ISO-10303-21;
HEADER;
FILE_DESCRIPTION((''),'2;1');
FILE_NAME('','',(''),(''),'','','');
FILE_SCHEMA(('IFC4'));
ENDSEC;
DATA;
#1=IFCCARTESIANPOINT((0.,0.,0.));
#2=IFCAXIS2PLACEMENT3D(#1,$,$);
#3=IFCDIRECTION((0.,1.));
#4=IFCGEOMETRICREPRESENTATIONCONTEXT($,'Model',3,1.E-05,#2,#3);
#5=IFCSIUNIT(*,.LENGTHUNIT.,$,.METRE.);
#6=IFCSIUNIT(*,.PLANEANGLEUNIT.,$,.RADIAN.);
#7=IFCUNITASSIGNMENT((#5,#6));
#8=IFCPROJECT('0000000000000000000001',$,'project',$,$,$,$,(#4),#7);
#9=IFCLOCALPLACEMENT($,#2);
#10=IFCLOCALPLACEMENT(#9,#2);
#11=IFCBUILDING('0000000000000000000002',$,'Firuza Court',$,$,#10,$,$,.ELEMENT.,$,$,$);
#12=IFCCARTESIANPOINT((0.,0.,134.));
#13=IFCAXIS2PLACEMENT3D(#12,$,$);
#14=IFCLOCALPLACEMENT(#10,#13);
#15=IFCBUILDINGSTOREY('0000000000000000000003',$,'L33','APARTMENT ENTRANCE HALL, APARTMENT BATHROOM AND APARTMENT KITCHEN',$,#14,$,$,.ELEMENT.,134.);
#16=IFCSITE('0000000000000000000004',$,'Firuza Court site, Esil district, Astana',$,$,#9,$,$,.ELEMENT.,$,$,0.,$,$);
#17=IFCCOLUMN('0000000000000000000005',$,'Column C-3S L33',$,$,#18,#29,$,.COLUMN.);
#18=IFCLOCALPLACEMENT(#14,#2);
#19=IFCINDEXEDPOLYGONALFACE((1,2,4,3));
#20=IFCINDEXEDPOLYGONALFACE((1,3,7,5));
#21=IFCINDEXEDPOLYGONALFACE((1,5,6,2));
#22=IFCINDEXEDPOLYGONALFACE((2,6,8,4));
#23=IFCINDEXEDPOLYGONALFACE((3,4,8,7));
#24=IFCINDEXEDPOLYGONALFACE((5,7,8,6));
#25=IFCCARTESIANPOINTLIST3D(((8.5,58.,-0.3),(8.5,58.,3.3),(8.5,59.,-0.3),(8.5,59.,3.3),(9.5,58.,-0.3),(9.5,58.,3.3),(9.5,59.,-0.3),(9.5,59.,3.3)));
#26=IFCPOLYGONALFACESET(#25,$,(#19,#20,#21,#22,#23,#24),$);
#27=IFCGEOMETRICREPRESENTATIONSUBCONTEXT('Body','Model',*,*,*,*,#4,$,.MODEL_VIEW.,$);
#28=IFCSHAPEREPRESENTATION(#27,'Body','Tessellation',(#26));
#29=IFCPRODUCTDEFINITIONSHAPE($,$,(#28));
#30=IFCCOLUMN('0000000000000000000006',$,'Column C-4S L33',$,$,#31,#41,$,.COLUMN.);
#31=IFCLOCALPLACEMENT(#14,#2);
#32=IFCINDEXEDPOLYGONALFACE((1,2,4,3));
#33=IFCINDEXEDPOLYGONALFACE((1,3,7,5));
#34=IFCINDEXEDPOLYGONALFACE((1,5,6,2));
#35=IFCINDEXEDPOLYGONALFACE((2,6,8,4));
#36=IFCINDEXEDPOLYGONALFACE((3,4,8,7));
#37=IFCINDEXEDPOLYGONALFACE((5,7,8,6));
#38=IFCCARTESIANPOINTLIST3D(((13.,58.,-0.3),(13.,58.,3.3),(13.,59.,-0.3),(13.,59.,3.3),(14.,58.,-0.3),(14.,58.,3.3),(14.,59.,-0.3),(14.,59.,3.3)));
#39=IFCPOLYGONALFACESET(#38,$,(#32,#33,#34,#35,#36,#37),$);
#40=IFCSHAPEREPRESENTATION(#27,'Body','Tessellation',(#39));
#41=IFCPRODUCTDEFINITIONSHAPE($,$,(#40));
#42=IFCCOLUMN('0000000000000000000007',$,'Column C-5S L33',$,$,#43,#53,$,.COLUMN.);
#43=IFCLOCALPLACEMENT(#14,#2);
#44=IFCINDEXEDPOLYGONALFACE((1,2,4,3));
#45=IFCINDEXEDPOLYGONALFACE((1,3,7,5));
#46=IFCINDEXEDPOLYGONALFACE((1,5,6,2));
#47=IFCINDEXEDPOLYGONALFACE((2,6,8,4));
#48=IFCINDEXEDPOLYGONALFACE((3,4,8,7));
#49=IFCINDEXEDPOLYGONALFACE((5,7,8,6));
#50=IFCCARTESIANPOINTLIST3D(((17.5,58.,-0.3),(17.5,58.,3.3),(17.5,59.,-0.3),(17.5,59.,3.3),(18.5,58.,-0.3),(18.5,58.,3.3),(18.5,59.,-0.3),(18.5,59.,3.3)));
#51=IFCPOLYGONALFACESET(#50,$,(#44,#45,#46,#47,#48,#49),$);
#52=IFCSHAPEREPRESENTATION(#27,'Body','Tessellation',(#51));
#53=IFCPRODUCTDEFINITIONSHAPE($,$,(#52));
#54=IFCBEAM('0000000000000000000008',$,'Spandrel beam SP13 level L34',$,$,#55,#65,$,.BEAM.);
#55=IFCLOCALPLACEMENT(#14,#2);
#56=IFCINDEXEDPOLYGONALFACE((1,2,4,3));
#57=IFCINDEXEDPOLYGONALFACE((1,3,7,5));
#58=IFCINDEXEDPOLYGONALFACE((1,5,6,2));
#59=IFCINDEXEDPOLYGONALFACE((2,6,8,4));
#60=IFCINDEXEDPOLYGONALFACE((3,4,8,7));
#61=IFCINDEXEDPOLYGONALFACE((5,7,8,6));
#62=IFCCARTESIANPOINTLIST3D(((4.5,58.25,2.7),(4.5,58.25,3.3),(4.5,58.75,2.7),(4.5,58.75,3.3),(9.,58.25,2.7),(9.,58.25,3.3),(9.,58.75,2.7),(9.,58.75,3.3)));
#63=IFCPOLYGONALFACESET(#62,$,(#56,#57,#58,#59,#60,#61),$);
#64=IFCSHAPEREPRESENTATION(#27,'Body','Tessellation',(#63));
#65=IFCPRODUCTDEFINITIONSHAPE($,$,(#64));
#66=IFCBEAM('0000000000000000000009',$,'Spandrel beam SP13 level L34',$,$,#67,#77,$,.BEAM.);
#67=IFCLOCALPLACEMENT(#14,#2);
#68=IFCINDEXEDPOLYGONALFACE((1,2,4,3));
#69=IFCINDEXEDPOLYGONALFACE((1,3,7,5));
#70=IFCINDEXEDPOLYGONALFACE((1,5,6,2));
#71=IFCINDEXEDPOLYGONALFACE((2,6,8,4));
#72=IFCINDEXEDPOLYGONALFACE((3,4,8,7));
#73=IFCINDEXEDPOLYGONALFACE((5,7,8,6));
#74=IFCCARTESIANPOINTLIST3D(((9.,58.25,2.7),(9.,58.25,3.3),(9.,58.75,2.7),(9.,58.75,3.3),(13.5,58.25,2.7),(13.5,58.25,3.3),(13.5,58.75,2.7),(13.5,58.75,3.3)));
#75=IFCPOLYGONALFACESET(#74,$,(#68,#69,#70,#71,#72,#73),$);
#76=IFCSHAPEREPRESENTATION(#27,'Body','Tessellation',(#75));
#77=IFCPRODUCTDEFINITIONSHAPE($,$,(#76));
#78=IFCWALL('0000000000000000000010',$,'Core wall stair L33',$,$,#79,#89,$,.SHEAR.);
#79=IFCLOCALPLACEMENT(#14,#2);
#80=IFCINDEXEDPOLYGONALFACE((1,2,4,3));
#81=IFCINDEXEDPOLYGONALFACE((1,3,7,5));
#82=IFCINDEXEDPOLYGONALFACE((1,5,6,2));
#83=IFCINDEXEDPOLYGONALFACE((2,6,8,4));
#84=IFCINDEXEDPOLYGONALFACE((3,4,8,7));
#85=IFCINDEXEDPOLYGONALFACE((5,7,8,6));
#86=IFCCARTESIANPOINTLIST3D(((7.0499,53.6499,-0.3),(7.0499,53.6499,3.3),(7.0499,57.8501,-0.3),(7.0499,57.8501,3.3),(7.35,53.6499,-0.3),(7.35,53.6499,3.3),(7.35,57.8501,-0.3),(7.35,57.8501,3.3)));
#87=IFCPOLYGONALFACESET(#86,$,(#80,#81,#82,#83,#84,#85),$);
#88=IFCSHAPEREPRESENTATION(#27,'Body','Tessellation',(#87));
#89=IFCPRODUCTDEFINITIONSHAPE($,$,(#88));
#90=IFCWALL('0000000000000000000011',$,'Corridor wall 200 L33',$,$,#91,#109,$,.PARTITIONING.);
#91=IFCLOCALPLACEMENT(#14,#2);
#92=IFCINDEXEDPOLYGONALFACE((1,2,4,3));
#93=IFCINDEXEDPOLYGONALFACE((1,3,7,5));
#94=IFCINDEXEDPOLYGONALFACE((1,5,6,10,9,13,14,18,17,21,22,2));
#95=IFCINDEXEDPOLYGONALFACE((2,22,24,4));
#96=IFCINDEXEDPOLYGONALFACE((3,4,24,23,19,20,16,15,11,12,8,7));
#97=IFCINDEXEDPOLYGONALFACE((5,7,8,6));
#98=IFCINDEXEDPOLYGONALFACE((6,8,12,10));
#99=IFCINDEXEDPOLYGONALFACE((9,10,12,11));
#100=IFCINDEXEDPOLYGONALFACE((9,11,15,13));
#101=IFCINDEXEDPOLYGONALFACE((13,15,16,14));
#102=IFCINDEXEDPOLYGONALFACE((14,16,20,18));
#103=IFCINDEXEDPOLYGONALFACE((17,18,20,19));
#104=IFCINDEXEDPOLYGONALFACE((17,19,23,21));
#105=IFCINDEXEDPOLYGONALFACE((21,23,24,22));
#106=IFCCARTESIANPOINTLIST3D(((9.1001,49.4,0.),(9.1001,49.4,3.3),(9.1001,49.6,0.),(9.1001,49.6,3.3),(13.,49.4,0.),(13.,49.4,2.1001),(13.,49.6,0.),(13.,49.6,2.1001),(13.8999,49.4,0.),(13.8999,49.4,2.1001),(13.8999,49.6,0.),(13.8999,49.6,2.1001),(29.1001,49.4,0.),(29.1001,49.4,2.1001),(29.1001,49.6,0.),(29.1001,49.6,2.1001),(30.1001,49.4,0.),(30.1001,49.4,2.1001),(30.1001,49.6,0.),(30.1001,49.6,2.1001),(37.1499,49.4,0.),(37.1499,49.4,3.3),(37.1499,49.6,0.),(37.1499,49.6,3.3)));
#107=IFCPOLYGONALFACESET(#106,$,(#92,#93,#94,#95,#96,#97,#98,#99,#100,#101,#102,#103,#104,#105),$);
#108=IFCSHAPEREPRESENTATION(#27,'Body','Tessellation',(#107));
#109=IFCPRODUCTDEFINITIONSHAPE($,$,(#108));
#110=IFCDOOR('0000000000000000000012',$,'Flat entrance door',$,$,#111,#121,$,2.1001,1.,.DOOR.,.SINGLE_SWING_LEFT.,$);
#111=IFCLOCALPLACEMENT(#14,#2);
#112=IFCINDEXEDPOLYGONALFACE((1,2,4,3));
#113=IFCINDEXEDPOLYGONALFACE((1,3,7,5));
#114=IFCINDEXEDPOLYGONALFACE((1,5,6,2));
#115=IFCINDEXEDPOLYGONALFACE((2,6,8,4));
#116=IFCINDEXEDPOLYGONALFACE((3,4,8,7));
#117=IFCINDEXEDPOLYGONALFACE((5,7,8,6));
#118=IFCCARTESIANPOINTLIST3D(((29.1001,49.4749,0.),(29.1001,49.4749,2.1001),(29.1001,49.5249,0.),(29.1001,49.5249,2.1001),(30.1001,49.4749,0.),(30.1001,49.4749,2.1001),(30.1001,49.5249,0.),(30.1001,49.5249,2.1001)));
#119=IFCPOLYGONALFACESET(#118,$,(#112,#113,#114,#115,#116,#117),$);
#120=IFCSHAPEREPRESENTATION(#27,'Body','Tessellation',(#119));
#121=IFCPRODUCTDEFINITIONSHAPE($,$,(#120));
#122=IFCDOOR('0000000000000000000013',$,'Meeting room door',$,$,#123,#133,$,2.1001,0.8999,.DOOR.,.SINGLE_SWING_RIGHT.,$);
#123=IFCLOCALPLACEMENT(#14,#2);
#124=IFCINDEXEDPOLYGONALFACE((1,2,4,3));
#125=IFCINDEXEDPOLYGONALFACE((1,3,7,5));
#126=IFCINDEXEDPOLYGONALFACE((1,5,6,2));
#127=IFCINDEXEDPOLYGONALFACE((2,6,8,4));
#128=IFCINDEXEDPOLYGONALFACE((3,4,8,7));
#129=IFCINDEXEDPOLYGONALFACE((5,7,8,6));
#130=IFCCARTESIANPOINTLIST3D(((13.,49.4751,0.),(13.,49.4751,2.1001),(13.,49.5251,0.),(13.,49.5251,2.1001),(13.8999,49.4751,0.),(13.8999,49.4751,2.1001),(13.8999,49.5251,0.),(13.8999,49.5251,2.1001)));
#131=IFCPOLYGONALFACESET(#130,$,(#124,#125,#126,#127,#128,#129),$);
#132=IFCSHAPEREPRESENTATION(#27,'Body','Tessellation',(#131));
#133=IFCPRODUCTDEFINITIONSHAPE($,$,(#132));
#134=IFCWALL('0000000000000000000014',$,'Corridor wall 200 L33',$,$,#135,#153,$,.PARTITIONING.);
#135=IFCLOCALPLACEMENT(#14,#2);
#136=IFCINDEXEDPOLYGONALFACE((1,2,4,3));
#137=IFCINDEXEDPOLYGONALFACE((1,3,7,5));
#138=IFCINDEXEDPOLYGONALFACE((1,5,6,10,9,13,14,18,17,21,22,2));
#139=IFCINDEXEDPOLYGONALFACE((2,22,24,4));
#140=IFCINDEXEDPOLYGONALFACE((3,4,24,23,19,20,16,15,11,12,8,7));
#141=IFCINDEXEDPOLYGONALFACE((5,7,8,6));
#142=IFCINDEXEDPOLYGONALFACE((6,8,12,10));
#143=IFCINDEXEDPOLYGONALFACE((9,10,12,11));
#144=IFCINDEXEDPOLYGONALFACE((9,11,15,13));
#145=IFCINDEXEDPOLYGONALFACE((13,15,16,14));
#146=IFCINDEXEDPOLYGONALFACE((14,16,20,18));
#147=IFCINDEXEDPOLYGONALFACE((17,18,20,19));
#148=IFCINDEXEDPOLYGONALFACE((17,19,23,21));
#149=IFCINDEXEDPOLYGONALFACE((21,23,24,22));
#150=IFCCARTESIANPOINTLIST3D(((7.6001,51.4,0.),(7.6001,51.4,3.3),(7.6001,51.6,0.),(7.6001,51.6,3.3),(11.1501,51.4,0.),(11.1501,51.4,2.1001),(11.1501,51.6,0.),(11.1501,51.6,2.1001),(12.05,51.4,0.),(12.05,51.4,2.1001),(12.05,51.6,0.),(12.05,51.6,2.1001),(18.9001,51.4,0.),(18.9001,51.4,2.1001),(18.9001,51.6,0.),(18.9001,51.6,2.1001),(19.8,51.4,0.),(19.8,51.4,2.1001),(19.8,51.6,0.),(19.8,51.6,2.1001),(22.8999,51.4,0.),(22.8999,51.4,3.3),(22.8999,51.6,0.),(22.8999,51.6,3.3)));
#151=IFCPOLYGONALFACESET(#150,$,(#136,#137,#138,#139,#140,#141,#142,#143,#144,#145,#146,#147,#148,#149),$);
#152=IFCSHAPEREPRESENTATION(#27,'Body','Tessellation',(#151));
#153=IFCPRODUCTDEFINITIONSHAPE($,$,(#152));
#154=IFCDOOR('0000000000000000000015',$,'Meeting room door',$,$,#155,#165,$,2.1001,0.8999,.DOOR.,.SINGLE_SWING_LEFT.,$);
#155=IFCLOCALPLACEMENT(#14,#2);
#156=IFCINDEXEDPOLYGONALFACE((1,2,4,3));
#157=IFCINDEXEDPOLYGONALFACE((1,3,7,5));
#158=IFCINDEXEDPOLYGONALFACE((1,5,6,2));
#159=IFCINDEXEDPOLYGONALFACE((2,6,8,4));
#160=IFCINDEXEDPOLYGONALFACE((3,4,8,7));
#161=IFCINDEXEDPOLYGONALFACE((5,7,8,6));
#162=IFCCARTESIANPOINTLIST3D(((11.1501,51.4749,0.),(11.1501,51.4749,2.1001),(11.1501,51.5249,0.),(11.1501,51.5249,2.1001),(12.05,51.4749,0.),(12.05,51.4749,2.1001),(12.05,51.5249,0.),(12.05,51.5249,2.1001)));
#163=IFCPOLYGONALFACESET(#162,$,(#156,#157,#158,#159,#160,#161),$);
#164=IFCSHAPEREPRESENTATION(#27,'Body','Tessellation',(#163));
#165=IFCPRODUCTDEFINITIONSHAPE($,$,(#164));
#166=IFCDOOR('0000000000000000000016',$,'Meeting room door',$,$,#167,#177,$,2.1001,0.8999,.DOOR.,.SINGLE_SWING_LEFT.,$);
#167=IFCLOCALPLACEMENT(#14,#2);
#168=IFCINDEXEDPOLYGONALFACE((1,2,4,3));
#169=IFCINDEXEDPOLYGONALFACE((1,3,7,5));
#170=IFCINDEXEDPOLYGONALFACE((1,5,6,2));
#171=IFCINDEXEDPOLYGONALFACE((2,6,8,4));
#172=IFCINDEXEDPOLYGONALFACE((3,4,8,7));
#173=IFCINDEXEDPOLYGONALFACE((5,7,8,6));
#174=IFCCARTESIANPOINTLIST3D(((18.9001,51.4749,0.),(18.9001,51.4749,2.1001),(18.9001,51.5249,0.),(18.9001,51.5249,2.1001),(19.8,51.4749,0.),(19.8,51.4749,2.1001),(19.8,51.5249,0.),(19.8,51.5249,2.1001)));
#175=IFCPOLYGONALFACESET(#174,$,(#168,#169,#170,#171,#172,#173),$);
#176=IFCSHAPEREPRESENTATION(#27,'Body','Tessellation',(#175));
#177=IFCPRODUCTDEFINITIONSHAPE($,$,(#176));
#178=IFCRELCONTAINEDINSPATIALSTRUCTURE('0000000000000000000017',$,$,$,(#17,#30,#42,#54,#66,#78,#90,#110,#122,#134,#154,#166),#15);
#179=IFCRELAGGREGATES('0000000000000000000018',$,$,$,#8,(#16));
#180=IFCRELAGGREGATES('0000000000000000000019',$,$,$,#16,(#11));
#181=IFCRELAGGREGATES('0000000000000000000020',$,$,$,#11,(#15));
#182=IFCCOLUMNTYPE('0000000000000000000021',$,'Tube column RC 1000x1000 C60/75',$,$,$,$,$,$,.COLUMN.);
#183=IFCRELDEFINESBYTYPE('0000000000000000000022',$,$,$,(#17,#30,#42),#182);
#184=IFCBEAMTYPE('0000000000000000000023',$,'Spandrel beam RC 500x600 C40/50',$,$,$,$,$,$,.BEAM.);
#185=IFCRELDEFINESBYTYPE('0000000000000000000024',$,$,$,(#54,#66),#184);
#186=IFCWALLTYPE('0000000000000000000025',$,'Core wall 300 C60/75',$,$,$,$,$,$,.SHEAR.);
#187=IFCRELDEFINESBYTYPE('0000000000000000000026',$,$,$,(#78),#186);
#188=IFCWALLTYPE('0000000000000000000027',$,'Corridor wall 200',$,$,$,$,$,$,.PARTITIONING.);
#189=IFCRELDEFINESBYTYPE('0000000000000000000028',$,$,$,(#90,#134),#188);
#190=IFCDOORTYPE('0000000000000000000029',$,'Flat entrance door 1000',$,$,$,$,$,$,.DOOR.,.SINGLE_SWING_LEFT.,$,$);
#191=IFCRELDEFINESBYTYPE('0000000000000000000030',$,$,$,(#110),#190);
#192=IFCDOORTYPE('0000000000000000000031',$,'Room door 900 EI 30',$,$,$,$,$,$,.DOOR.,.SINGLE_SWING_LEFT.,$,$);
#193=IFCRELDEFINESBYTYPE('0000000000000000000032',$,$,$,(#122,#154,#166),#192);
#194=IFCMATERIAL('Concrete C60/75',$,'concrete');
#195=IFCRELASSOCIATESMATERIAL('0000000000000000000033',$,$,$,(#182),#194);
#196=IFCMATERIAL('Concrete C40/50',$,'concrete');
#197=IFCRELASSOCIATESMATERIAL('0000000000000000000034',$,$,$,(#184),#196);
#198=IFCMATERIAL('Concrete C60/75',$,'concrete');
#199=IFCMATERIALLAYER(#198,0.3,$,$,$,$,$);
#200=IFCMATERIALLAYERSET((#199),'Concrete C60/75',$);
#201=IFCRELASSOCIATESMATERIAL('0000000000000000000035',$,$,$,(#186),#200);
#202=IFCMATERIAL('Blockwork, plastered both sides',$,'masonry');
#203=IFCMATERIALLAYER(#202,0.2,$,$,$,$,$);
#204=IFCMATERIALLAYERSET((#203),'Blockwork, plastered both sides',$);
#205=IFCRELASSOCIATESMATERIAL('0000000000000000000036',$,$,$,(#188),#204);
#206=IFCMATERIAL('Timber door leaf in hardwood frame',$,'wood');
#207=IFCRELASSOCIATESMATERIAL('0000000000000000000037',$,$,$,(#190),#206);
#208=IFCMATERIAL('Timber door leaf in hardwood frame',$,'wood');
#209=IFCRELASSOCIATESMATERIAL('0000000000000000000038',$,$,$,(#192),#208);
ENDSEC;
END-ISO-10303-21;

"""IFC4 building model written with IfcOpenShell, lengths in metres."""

from ifc_helpers import new_model, si_unit, direction, frame, frame_2d, origin, origin_2d, place, context, subcontext, project, spatial, rectangle, extrude, material, layer, layer_set, material_profile, profile_set, type_object, element, fill, save


model = new_model("IFC4")

# Units and contexts
model_context = context("Model", 3, precision=1e-05, world=origin(), true_north=direction((0.0, 1.0)))
body_context = subcontext(model_context, "Body", "Model", "MODEL_VIEW")
ifc_project = project(units=[si_unit("LENGTHUNIT", "METRE"), si_unit("PLANEANGLEUNIT", "RADIAN")], contexts=[model_context])

# Site, building, storey
site_placement = place(None, origin())
site = spatial("IfcSite", under=ifc_project, at=site_placement, Name="Firuza Court site, Esil district, Astana", CompositionType="ELEMENT", RefElevation=0.0)
building_placement = place(site_placement, origin())
building = spatial("IfcBuilding", under=site, at=building_placement, Name="Firuza Court", CompositionType="ELEMENT")
storey_placement = place(building_placement, frame((0.0, 0.0, 134.0)))
storey = spatial("IfcBuildingStorey", under=building, at=storey_placement, Name="L33", Description="APARTMENT ENTRANCE HALL, APARTMENT BATHROOM AND APARTMENT KITCHEN", CompositionType="ELEMENT", Elevation=134.0)

# Columns
ifc_material_1 = material(Name="Concrete C60/75", Category="concrete")
ifc_material_profile_1 = material_profile(ifc_material_1, rectangle(XDim=1.0, YDim=1.0, at=origin_2d()), Name="RC 1000x1000")
ifc_profile_set_1 = profile_set([ifc_material_profile_1], Name="Concrete C60/75")
column_type = type_object("IfcColumnType", Name="Tube column RC 1000x1000 C60/75", PredefinedType="COLUMN", material=ifc_profile_set_1)
for number, where, z_axis, x_axis, name in (
    (1, (9.0, 58.5, -0.3), (0.0, 0.0, 1.0), (1.0, 0.0, 0.0), "Column C-3S L33"),
    (2, (13.5, 58.5, -0.3), (0.0, 0.0, 1.0), (1.0, 0.0, 0.0), "Column C-4S L33"),
    (3, (18.0, 58.5, -0.3), (0.0, 0.0, 1.0), (1.0, 0.0, 0.0), "Column C-5S L33"),
):
    element("IfcColumn", number, at=place(storey_placement, frame(where, z_axis=z_axis, x_axis=x_axis)), inside=storey, type_object=column_type, Name=name, PredefinedType="COLUMN", context=body_context, shape_type="SweptSolid", body=[
        extrude(rectangle(XDim=1.0, YDim=1.0, at=origin_2d()), origin(), (0.0, 0.0, 1.0), 3.6001),
    ])

# Beams
ifc_material_2 = material(Name="Concrete C40/50", Category="concrete")
ifc_material_profile_2 = material_profile(ifc_material_2, rectangle(XDim=0.5, YDim=0.6001, at=origin_2d()), Name="RC 500x600")
ifc_profile_set_2 = profile_set([ifc_material_profile_2], Name="Concrete C40/50")
beam_type = type_object("IfcBeamType", Name="Spandrel beam RC 500x600 C40/50", PredefinedType="BEAM", material=ifc_profile_set_2)
for number, where, z_axis, x_axis, name in (
    (4, (9.0, 58.5, 3.0), (-1.0, 0.0, 0.0), (0.0, -1.0, 0.0), "Spandrel beam SP13 level L34"),
    (5, (13.5, 58.5, 3.0), (-1.0, 0.0, 0.0), (0.0, -1.0, 0.0), "Spandrel beam SP13 level L34"),
):
    element("IfcBeam", number, at=place(storey_placement, frame(where, z_axis=z_axis, x_axis=x_axis)), inside=storey, type_object=beam_type, Name=name, PredefinedType="BEAM", context=body_context, shape_type="SweptSolid", body=[
        extrude(rectangle(XDim=0.5, YDim=0.6001, at=origin_2d()), origin(), (0.0, 0.0, 1.0), 4.5),
    ])

# Wall
ifc_material_3 = material(Name="Concrete C60/75", Category="concrete")
ifc_layer_1 = layer(ifc_material_3, 0.3)
ifc_layer_set_1 = layer_set([ifc_layer_1], Name="Concrete C60/75")
wall_type_1 = type_object("IfcWallType", Name="Core wall 300 C60/75", PredefinedType="SHEAR", material=ifc_layer_set_1)
wall_1_placement = place(storey_placement, frame((7.2, 53.6499, -0.3), z_axis=(0.0, 0.0, 1.0), x_axis=(0.0, 1.0, 0.0)))
element("IfcWall", 6, at=wall_1_placement, inside=storey, type_object=wall_type_1, Name="Core wall stair L33", PredefinedType="SHEAR", context=body_context, shape_type="SweptSolid", body=[
    extrude(rectangle(XDim=4.2002, YDim=0.3, at=frame_2d((2.1001, 0.0))), origin(), (0.0, 0.0, 1.0), 3.6001),
])

# Walls, openings, doors
ifc_material_4 = material(Name="Blockwork, plastered both sides", Category="masonry")
ifc_layer_2 = layer(ifc_material_4, 0.2)
ifc_layer_set_2 = layer_set([ifc_layer_2], Name="Blockwork, plastered both sides")
wall_type_2 = type_object("IfcWallType", Name="Corridor wall 200", PredefinedType="PARTITIONING", material=ifc_layer_set_2)
wall_2_placement = place(storey_placement, frame((9.1001, 49.5, 0.0), z_axis=(0.0, 0.0, 1.0), x_axis=(1.0, 0.0, 0.0)))
wall_2 = element("IfcWall", 7, at=wall_2_placement, inside=storey, type_object=wall_type_2, Name="Corridor wall 200 L33", PredefinedType="PARTITIONING", context=body_context, shape_type="SweptSolid", body=[
    extrude(rectangle(XDim=28.0498, YDim=0.2, at=frame_2d((14.0249, 0.0))), origin(), (0.0, 0.0, 1.0), 3.3),
])
opening_1_placement = place(wall_2_placement, frame((20.0, 0.0, 0.0)))
opening_1 = element("IfcOpeningElement", 8, at=opening_1_placement, cuts=wall_2, PredefinedType="OPENING", context=body_context, shape_type="SweptSolid", body=[
    extrude(rectangle(XDim=1.0, YDim=2.1001, at=frame_2d((0.5, 1.05))), frame((0.0, 0.1118, 0.0), z_axis=(0.0, -1.0, 0.0), x_axis=(1.0, 0.0, 0.0)), (0.0, 0.0, 1.0), 0.2239),
])
opening_2_placement = place(wall_2_placement, frame((3.8999, 0.0, 0.0)))
opening_2 = element("IfcOpeningElement", 9, at=opening_2_placement, cuts=wall_2, PredefinedType="OPENING", context=body_context, shape_type="SweptSolid", body=[
    extrude(rectangle(XDim=0.8999, YDim=2.1001, at=frame_2d((0.45, 1.05))), frame((0.0, 0.1118, 0.0), z_axis=(0.0, -1.0, 0.0), x_axis=(1.0, 0.0, 0.0)), (0.0, 0.0, 1.0), 0.2239),
])
ifc_material_5 = material(Name="Timber door leaf in hardwood frame", Category="wood")
door_type_1 = type_object("IfcDoorType", Name="Flat entrance door 1000", OperationType="SINGLE_SWING_LEFT", PredefinedType="DOOR", material=ifc_material_5)
door_1_placement = place(opening_1_placement, origin())
door_1 = element("IfcDoor", 10, at=door_1_placement, inside=storey, type_object=door_type_1, Name="Flat entrance door", OperationType="SINGLE_SWING_LEFT", OverallHeight=2.1001, OverallWidth=1.0, PredefinedType="DOOR", context=body_context, shape_type="SweptSolid", body=[
    extrude(rectangle(XDim=1.0, YDim=2.1001, at=frame_2d((0.5, 1.05))), frame((0.0, 0.0249, 0.0), z_axis=(0.0, -1.0, 0.0), x_axis=(1.0, 0.0, 0.0)), (0.0, 0.0, 1.0), 0.05),
])
fill(opening_1, door_1)
ifc_material_6 = material(Name="Timber door leaf in hardwood frame", Category="wood")
door_type_2 = type_object("IfcDoorType", Name="Room door 900 EI 30", OperationType="SINGLE_SWING_LEFT", PredefinedType="DOOR", material=ifc_material_6)
door_2_placement = place(opening_2_placement, frame((0.8999, 0.0, 0.0), z_axis=(0.0, 0.0, 1.0), x_axis=(-1.0, 0.0, 0.0)))
door_2 = element("IfcDoor", 11, at=door_2_placement, inside=storey, type_object=door_type_2, Name="Meeting room door", OperationType="SINGLE_SWING_RIGHT", OverallHeight=2.1001, OverallWidth=0.8999, PredefinedType="DOOR", context=body_context, shape_type="SweptSolid", body=[
    extrude(rectangle(XDim=0.8999, YDim=2.1001, at=frame_2d((0.45, 1.05))), frame((0.0, 0.0249, 0.0), z_axis=(0.0, -1.0, 0.0), x_axis=(1.0, 0.0, 0.0)), (0.0, 0.0, 1.0), 0.05),
])
fill(opening_2, door_2)
wall_3_placement = place(storey_placement, frame((7.6001, 51.5, 0.0), z_axis=(0.0, 0.0, 1.0), x_axis=(1.0, 0.0, 0.0)))
wall_3 = element("IfcWall", 12, at=wall_3_placement, inside=storey, type_object=wall_type_2, Name="Corridor wall 200 L33", PredefinedType="PARTITIONING", context=body_context, shape_type="SweptSolid", body=[
    extrude(rectangle(XDim=15.2998, YDim=0.2, at=frame_2d((7.6499, 0.0))), origin(), (0.0, 0.0, 1.0), 3.3),
])
opening_3_placement = place(wall_3_placement, frame((3.55, 0.0, 0.0)))
opening_3 = element("IfcOpeningElement", 13, at=opening_3_placement, cuts=wall_3, PredefinedType="OPENING", context=body_context, shape_type="SweptSolid", body=[
    extrude(rectangle(XDim=0.8999, YDim=2.1001, at=frame_2d((0.45, 1.05))), frame((0.0, 0.1118, 0.0), z_axis=(0.0, -1.0, 0.0), x_axis=(1.0, 0.0, 0.0)), (0.0, 0.0, 1.0), 0.2239),
])
opening_4_placement = place(wall_3_placement, frame((11.3, 0.0, 0.0)))
opening_4 = element("IfcOpeningElement", 14, at=opening_4_placement, cuts=wall_3, PredefinedType="OPENING", context=body_context, shape_type="SweptSolid", body=[
    extrude(rectangle(XDim=0.8999, YDim=2.1001, at=frame_2d((0.45, 1.05))), frame((0.0, 0.1118, 0.0), z_axis=(0.0, -1.0, 0.0), x_axis=(1.0, 0.0, 0.0)), (0.0, 0.0, 1.0), 0.2239),
])
door_3_placement = place(opening_3_placement, origin())
door_3 = element("IfcDoor", 15, at=door_3_placement, inside=storey, type_object=door_type_2, Name="Meeting room door", OperationType="SINGLE_SWING_LEFT", OverallHeight=2.1001, OverallWidth=0.8999, PredefinedType="DOOR", context=body_context, shape_type="SweptSolid", body=[
    extrude(rectangle(XDim=0.8999, YDim=2.1001, at=frame_2d((0.45, 1.05))), frame((0.0, 0.0249, 0.0), z_axis=(0.0, -1.0, 0.0), x_axis=(1.0, 0.0, 0.0)), (0.0, 0.0, 1.0), 0.05),
])
fill(opening_3, door_3)
door_4_placement = place(opening_4_placement, origin())
door_4 = element("IfcDoor", 16, at=door_4_placement, inside=storey, type_object=door_type_2, Name="Meeting room door", OperationType="SINGLE_SWING_LEFT", OverallHeight=2.1001, OverallWidth=0.8999, PredefinedType="DOOR", context=body_context, shape_type="SweptSolid", body=[
    extrude(rectangle(XDim=0.8999, YDim=2.1001, at=frame_2d((0.45, 1.05))), frame((0.0, 0.0249, 0.0), z_axis=(0.0, -1.0, 0.0), x_axis=(1.0, 0.0, 0.0)), (0.0, 0.0, 1.0), 0.05),
])
fill(opening_4, door_4)

save(model, "model.ifc")
